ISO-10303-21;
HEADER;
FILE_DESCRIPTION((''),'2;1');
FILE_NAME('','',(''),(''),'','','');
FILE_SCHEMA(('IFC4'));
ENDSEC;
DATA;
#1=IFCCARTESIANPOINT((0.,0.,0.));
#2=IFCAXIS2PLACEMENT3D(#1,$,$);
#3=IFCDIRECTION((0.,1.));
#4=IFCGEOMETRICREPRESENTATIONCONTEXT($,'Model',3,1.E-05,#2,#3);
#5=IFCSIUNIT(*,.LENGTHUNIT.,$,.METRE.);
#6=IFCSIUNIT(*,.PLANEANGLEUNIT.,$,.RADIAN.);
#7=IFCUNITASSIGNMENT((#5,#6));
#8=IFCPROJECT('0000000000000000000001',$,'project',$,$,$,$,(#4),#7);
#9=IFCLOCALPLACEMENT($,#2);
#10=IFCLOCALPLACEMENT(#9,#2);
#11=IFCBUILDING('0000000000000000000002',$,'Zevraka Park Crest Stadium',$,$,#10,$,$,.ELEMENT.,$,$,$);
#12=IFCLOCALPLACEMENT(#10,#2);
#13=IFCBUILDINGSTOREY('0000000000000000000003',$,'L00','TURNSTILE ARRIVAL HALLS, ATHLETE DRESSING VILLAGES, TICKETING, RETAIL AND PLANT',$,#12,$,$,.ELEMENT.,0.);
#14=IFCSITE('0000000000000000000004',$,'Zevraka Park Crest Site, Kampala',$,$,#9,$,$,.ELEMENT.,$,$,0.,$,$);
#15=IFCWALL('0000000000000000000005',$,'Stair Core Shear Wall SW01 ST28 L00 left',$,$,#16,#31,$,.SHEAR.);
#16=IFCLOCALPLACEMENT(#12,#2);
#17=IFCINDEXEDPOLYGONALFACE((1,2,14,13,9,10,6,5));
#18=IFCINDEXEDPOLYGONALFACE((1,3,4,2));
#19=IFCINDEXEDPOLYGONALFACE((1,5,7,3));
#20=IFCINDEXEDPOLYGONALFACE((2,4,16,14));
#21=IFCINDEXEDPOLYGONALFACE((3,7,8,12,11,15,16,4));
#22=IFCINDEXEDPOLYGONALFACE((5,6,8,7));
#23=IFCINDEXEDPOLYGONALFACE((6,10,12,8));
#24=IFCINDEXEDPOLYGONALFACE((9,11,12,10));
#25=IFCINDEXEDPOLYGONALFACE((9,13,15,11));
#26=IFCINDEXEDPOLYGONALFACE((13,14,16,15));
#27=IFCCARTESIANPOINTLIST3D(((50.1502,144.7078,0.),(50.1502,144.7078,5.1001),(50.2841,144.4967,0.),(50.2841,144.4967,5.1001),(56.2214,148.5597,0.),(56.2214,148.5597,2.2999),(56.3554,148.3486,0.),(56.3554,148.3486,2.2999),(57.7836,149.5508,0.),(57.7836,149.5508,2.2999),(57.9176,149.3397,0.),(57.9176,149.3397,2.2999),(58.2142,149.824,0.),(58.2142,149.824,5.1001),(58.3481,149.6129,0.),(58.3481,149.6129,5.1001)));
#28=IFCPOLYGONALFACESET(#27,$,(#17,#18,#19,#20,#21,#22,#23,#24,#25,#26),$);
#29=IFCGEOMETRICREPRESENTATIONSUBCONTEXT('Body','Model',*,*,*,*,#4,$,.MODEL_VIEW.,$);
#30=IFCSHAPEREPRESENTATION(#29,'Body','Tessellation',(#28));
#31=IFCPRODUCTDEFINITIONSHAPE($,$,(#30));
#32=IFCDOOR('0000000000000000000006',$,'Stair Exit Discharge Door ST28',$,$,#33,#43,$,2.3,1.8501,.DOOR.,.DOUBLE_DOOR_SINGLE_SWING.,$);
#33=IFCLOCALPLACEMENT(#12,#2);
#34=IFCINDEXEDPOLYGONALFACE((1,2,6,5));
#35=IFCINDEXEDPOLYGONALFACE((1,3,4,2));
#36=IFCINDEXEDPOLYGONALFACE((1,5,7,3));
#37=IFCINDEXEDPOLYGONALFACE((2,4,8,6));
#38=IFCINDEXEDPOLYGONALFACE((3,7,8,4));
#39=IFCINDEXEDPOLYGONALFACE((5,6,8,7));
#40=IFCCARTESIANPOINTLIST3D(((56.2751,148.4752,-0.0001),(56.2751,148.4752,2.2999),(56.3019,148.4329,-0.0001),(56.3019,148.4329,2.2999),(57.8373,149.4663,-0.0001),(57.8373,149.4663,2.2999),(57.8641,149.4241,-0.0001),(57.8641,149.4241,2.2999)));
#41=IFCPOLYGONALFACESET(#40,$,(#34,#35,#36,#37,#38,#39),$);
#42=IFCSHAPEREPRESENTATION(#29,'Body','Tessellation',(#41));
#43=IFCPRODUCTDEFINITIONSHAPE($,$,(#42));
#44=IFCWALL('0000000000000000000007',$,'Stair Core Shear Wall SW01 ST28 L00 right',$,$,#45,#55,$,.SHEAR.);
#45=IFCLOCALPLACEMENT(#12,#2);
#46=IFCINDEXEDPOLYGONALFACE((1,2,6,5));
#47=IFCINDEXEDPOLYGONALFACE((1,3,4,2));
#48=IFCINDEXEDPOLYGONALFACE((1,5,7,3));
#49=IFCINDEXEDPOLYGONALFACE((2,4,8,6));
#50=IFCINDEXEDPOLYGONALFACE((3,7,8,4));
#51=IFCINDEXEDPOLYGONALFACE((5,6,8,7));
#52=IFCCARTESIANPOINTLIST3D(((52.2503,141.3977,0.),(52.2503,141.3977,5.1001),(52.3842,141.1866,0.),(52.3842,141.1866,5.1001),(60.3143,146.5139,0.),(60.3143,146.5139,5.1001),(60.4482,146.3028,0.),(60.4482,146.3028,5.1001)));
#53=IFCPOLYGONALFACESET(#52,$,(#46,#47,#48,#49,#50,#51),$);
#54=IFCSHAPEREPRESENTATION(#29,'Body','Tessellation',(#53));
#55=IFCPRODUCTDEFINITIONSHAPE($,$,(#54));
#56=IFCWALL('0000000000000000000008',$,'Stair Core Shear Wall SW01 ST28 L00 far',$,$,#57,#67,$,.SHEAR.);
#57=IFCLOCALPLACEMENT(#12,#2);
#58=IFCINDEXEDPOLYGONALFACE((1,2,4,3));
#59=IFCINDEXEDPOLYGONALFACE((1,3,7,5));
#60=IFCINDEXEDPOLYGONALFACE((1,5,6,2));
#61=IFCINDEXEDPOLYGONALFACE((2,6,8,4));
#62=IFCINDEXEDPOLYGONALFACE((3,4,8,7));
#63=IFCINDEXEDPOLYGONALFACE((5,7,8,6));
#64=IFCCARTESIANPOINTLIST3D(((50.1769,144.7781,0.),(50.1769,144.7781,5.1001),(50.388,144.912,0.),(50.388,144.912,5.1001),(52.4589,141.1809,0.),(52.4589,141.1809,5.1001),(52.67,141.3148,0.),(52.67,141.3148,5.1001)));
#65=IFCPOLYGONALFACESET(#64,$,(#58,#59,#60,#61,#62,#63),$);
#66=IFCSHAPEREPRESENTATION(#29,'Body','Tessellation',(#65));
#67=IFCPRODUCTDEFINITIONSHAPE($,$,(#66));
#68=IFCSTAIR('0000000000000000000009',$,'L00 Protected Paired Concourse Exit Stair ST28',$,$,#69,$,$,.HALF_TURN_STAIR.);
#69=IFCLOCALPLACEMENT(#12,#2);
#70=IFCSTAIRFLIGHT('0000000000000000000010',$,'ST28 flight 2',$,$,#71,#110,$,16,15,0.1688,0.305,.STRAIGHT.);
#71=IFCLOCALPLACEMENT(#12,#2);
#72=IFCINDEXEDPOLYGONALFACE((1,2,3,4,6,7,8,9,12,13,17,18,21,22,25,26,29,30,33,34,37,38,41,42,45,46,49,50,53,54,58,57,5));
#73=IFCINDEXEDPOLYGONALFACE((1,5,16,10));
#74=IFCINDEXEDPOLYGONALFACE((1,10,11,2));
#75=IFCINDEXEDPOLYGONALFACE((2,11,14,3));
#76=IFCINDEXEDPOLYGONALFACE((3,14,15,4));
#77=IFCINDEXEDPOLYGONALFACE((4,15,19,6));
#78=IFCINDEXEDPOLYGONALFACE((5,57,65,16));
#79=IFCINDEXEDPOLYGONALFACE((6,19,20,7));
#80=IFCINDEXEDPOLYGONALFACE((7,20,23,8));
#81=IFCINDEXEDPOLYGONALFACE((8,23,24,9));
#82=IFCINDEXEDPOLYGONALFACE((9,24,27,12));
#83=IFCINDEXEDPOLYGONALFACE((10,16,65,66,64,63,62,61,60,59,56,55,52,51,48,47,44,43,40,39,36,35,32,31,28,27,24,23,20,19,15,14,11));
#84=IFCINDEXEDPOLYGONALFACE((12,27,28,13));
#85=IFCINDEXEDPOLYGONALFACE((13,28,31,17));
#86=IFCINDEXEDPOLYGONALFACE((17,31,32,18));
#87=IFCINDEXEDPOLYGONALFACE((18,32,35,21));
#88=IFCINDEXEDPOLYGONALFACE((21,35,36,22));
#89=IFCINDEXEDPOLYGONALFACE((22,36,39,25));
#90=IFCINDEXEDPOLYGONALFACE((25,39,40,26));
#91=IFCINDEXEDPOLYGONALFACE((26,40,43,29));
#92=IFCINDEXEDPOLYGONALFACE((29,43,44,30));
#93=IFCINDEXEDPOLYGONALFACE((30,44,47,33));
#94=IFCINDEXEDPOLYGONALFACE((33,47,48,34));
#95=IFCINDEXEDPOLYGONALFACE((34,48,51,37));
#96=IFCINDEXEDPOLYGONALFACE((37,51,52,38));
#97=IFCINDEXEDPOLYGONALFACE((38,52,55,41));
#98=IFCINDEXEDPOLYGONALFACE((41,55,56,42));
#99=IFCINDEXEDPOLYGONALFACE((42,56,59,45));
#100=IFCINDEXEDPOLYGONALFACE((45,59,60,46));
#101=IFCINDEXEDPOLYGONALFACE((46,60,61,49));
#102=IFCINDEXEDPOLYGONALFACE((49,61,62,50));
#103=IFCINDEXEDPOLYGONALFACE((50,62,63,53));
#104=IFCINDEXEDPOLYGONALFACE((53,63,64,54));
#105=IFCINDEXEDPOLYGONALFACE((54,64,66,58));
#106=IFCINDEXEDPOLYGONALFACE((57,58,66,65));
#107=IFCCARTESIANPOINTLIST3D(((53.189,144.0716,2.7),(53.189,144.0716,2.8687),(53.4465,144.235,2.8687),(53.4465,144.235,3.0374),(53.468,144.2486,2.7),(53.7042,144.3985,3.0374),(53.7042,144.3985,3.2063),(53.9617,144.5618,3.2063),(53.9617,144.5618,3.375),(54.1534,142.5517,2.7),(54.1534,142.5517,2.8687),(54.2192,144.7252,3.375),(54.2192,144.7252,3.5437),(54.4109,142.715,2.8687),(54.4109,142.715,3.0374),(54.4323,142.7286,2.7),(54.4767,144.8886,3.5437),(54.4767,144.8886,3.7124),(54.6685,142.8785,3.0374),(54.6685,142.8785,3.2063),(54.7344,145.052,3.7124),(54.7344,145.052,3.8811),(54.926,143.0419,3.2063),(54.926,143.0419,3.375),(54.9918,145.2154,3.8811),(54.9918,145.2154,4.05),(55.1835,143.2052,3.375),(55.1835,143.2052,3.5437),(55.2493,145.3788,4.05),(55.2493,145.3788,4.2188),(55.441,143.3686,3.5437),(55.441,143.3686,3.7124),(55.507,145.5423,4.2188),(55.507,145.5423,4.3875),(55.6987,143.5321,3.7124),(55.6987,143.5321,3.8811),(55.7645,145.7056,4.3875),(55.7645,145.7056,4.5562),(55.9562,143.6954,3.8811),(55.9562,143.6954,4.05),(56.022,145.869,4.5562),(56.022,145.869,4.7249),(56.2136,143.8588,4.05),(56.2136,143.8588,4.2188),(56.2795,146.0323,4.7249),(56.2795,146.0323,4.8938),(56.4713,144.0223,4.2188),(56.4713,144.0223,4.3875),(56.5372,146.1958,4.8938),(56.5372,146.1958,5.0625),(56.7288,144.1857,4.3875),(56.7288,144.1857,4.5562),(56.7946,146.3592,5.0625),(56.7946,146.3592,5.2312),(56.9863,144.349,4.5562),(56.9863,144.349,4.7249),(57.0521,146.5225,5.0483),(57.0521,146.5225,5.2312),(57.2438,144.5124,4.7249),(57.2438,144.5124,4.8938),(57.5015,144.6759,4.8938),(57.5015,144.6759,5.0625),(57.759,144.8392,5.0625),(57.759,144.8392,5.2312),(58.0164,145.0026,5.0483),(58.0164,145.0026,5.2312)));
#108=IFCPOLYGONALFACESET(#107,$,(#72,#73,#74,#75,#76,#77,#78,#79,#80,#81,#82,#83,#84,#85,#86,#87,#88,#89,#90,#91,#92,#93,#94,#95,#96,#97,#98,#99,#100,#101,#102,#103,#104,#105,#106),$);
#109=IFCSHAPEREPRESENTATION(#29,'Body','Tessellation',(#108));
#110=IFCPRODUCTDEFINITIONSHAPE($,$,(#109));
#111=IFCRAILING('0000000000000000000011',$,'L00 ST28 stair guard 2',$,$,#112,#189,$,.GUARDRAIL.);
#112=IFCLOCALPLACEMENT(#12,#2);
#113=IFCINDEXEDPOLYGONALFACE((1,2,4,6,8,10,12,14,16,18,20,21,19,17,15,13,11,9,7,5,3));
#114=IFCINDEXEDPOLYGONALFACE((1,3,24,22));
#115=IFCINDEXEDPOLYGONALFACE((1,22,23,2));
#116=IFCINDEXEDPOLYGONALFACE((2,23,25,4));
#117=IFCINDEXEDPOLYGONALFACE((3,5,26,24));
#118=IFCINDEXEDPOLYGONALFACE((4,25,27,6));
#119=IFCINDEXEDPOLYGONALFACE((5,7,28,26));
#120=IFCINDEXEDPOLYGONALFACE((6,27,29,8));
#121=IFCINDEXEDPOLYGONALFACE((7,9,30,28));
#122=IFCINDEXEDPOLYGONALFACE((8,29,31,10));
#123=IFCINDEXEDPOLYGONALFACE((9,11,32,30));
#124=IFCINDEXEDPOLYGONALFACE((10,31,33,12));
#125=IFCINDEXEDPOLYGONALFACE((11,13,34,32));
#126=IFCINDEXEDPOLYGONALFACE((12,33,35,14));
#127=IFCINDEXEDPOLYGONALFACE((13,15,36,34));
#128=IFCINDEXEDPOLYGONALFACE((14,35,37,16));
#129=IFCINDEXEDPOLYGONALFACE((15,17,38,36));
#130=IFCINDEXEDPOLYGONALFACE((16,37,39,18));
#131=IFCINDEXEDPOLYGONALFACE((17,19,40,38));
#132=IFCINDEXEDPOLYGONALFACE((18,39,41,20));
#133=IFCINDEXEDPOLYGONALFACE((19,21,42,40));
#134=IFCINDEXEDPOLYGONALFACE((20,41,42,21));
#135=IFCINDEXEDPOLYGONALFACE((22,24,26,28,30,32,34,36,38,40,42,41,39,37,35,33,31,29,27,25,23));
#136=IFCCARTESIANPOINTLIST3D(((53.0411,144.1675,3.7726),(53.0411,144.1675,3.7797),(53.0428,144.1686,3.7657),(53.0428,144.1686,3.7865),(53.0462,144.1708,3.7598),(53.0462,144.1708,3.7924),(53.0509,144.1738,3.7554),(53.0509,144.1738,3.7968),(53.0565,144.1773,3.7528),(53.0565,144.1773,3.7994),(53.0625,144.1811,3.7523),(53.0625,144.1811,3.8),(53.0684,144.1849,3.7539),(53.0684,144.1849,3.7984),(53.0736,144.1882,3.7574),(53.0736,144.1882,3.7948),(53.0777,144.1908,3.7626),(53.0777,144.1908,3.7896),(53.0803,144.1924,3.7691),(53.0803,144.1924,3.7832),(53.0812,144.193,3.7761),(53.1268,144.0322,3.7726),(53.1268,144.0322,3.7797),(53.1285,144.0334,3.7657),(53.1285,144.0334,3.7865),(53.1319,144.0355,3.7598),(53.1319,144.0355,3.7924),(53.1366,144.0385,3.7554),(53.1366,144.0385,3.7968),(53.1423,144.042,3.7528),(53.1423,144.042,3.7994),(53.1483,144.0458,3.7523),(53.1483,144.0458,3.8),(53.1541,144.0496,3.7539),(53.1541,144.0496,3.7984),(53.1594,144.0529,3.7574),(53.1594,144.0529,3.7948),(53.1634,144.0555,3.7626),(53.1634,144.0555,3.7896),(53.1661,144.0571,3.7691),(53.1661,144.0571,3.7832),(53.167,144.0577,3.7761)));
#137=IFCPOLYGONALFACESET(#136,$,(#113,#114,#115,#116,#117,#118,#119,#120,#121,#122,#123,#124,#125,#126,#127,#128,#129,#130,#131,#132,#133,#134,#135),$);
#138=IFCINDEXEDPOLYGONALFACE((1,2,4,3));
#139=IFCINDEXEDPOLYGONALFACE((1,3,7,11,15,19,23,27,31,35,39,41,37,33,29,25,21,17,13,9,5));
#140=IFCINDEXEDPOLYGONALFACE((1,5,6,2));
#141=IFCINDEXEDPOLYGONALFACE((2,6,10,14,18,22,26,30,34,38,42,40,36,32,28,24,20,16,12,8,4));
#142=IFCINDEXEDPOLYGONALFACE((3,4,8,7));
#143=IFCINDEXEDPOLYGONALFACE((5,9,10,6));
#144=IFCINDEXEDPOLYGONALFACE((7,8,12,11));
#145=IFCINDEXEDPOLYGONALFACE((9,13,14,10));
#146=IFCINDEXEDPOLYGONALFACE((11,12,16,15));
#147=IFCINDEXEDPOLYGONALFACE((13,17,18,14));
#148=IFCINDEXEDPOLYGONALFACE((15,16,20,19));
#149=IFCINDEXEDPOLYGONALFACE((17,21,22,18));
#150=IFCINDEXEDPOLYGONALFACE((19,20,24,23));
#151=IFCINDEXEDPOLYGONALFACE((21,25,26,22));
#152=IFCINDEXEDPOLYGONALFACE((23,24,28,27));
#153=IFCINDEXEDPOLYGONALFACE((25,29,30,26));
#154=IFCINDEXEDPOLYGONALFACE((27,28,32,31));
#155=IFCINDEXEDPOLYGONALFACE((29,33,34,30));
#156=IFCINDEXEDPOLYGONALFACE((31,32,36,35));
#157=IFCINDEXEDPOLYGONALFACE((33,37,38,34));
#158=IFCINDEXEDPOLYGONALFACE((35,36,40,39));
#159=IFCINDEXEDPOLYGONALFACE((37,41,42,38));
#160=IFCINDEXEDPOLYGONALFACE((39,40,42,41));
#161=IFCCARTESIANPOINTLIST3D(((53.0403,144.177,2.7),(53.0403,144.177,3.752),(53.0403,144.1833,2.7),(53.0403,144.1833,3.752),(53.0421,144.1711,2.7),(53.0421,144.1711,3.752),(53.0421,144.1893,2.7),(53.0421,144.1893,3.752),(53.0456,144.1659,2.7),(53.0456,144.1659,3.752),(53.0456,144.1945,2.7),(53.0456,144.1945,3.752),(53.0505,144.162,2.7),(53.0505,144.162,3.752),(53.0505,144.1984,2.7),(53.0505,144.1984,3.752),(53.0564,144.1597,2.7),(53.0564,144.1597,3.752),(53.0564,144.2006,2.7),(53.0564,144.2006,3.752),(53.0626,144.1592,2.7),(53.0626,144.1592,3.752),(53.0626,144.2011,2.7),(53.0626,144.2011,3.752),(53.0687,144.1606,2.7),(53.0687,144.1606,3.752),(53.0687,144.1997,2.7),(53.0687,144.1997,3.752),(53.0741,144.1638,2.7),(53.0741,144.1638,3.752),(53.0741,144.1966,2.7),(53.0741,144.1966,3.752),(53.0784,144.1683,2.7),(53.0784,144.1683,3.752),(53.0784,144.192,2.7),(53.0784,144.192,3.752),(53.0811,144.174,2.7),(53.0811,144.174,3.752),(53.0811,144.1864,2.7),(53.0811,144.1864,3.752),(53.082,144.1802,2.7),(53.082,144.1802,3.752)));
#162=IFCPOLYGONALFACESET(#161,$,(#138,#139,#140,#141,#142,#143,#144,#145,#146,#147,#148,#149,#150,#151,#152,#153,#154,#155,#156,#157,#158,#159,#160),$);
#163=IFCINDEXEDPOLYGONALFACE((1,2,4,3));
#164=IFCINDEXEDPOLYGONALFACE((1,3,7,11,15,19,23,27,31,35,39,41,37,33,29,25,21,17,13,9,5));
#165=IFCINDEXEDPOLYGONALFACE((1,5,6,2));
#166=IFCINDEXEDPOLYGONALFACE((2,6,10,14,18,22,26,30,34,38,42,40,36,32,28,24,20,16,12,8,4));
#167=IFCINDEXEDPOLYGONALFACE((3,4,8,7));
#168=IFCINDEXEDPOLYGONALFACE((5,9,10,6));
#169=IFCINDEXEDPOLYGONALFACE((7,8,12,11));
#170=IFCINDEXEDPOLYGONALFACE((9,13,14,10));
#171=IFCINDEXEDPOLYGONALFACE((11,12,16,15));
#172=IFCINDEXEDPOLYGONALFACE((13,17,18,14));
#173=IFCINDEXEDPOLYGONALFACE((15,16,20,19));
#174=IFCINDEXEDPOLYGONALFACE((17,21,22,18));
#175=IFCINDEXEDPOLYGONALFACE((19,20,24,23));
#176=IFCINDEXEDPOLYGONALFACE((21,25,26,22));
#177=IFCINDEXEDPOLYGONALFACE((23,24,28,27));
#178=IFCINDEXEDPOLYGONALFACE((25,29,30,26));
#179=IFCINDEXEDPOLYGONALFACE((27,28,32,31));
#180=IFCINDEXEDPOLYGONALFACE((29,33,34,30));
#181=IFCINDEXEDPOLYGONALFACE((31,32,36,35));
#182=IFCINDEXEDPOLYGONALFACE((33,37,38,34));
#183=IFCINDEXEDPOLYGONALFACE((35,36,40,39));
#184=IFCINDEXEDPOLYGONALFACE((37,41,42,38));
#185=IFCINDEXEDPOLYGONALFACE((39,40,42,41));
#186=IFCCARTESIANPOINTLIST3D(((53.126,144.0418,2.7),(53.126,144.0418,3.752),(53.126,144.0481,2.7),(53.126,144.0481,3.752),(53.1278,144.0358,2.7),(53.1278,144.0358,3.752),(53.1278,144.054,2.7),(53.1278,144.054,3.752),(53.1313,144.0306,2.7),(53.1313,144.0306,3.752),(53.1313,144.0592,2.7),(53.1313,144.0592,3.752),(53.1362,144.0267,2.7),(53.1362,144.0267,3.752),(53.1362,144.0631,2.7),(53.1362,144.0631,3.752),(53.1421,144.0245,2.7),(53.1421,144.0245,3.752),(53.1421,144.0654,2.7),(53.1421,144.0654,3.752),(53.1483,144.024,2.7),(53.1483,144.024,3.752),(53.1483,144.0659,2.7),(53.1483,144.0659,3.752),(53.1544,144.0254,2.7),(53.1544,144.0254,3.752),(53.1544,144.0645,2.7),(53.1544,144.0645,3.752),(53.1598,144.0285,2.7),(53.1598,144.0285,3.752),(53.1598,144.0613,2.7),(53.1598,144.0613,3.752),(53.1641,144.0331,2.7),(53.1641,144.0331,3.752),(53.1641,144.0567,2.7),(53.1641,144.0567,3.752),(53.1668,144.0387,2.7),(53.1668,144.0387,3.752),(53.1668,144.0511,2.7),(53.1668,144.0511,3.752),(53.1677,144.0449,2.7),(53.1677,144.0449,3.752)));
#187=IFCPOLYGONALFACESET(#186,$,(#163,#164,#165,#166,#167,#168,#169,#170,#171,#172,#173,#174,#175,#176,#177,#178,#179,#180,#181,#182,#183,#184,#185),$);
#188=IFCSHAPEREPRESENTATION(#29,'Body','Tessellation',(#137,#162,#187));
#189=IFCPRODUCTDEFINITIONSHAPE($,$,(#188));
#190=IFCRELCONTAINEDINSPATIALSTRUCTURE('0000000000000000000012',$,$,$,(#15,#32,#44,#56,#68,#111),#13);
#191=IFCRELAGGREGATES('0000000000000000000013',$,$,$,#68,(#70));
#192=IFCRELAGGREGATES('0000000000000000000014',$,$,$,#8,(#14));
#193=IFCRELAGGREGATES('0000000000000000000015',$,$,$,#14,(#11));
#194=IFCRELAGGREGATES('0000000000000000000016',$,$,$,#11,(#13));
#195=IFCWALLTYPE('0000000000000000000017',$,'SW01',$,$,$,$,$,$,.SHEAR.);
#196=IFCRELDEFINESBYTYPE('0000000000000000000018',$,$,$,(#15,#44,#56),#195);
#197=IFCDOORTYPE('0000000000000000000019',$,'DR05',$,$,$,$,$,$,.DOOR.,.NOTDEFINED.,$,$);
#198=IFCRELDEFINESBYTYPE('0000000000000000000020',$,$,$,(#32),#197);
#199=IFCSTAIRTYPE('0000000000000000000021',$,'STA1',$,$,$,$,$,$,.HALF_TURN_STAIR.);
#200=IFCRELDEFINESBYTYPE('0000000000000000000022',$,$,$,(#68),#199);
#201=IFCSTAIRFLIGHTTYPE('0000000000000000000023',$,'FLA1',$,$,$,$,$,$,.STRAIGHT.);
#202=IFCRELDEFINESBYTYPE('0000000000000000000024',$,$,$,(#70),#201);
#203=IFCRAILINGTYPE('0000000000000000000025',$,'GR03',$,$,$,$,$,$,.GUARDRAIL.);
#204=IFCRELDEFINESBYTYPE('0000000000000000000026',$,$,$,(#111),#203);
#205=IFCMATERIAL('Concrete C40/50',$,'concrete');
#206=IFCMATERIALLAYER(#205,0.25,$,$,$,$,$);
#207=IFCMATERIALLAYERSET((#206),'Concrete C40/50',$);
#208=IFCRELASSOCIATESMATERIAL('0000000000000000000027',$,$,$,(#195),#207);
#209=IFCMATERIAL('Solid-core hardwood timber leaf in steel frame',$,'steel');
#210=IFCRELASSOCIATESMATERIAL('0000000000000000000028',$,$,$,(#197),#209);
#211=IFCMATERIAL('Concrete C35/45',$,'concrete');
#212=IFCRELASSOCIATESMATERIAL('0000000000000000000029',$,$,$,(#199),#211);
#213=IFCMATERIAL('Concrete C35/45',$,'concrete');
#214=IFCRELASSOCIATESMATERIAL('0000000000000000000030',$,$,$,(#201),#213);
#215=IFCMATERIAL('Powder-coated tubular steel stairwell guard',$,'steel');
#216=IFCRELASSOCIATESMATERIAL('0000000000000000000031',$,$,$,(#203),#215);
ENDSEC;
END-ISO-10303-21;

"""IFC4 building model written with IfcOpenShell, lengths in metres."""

from ifc_helpers import new_model, si_unit, direction, frame, frame_2d, origin, origin_2d, place, context, subcontext, project, spatial, polyline, rectangle, circle, outline, extrude, material, layer, layer_set, type_object, element, fill, aggregate, save


model = new_model("IFC4")

# Units and contexts
model_context = context("Model", 3, precision=1e-05, world=origin(), true_north=direction((0.0, 1.0)))
body_context = subcontext(model_context, "Body", "Model", "MODEL_VIEW")
ifc_project = project(units=[si_unit("LENGTHUNIT", "METRE"), si_unit("PLANEANGLEUNIT", "RADIAN")], contexts=[model_context])

# Site, building, storey
site_placement = place(None, origin())
site = spatial("IfcSite", under=ifc_project, at=site_placement, Name="Zevraka Park Crest Site, Kampala", CompositionType="ELEMENT", RefElevation=0.0)
building_placement = place(site_placement, origin())
building = spatial("IfcBuilding", under=site, at=building_placement, Name="Zevraka Park Crest Stadium", CompositionType="ELEMENT")
storey_placement = place(building_placement, origin())
storey = spatial("IfcBuildingStorey", under=building, at=storey_placement, Name="L00", Description="TURNSTILE ARRIVAL HALLS, ATHLETE DRESSING VILLAGES, TICKETING, RETAIL AND PLANT", CompositionType="ELEMENT", Elevation=0.0)

# Wall, opening, door
ifc_material_1 = material(Name="Concrete C40/50", Category="concrete")
ifc_layer_1 = layer(ifc_material_1, 0.25)
ifc_layer_set_1 = layer_set([ifc_layer_1], Name="Concrete C40/50")
wall_type_1 = type_object("IfcWallType", Name="SW01", PredefinedType="SHEAR", material=ifc_layer_set_1)
wall_1_placement = place(storey_placement, frame((50.2173, 144.6023, 0.0), z_axis=(0.0, 0.0, 1.0), x_axis=(0.844391, 0.535727, 0.0)))
wall_1 = element("IfcWall", 1, at=wall_1_placement, inside=storey, type_object=wall_type_1, Name="Stair Core Shear Wall SW01 ST28 L00 left", PredefinedType="SHEAR", context=body_context, shape_type="SweptSolid", body=[
    extrude(rectangle(XDim=9.55, YDim=0.25, at=frame_2d((4.7749, 0.0))), origin(), (0.0, 0.0, 1.0), 5.1001),
])
opening_1_placement = place(wall_1_placement, frame((7.1899, 0.0, 0.0)))
opening_1 = element("IfcOpeningElement", 2, at=opening_1_placement, cuts=wall_1, PredefinedType="OPENING", context=body_context, shape_type="SweptSolid", body=[
    extrude(rectangle(XDim=1.8501, YDim=2.3, at=frame_2d((0.925, 1.1499))), frame((0.0, 0.135, 0.0), z_axis=(0.0, -1.0, 0.0), x_axis=(1.0, 0.0, 0.0)), (0.0, 0.0, 1.0), 0.27),
])
ifc_material_2 = material(Name="Solid-core hardwood timber leaf in steel frame", Category="steel")
door_type_1 = type_object("IfcDoorType", Name="DR05", OperationType="NOTDEFINED", PredefinedType="DOOR", material=ifc_material_2)
door_1_placement = place(opening_1_placement, origin())
door_1 = element("IfcDoor", 3, at=door_1_placement, inside=storey, type_object=door_type_1, Name="Stair Exit Discharge Door ST28", OperationType="DOUBLE_DOOR_SINGLE_SWING", OverallHeight=2.3, OverallWidth=1.8501, PredefinedType="DOOR", context=body_context, shape_type="SweptSolid", body=[
    extrude(rectangle(XDim=1.8501, YDim=2.3, at=frame_2d((0.925, 1.1499))), frame((0.0, 0.0249, 0.0), z_axis=(0.0, -1.0, 0.0), x_axis=(1.0, 0.0, 0.0)), (0.0, 0.0, 1.0), 0.05),
])
fill(opening_1, door_1)

# Walls
wall_2_placement = place(storey_placement, frame((52.3174, 141.2922, 0.0), z_axis=(0.0, 0.0, 1.0), x_axis=(0.844391, 0.535727, 0.0)))
element("IfcWall", 4, at=wall_2_placement, inside=storey, type_object=wall_type_1, Name="Stair Core Shear Wall SW01 ST28 L00 right", PredefinedType="SHEAR", context=body_context, shape_type="SweptSolid", body=[
    extrude(rectangle(XDim=9.55, YDim=0.25, at=frame_2d((4.7749, 0.0))), origin(), (0.0, 0.0, 1.0), 5.1001),
])
wall_3_placement = place(storey_placement, frame((50.2825, 144.845, 0.0), z_axis=(0.0, 0.0, 1.0), x_axis=(0.535685, -0.844418, 0.0)))
element("IfcWall", 5, at=wall_3_placement, inside=storey, type_object=wall_type_1, Name="Stair Core Shear Wall SW01 ST28 L00 far", PredefinedType="SHEAR", context=body_context, shape_type="SweptSolid", body=[
    extrude(rectangle(XDim=4.26, YDim=0.25, at=frame_2d((2.1299, 0.0))), origin(), (0.0, 0.0, 1.0), 5.1001),
])

# Stair, stair flight
ifc_material_3 = material(Name="Concrete C35/45", Category="concrete")
stair_type = type_object("IfcStairType", Name="STA1", PredefinedType="HALF_TURN_STAIR", material=ifc_material_3)
stair_placement = place(storey_placement, origin())
stair = element("IfcStair", 6, at=stair_placement, inside=storey, type_object=stair_type, Name="L00 Protected Paired Concourse Exit Stair ST28", PredefinedType="HALF_TURN_STAIR")
ifc_material_4 = material(Name="Concrete C35/45", Category="concrete")
stair_flight_type = type_object("IfcStairFlightType", Name="FLA1", PredefinedType="STRAIGHT", material=ifc_material_4)
stair_flight_placement = place(storey_placement, frame((53.6711, 143.3118, 2.7), z_axis=(0.0, 0.0, 1.0), x_axis=(0.844397, 0.535718, 0.0)))
stair_flight = element("IfcStairFlight", 7, at=stair_flight_placement, type_object=stair_flight_type, Name="ST28 flight 2", NumberOfRisers=16, NumberOfTreads=15, PredefinedType="STRAIGHT", RiserHeight=0.1688, TreadLength=0.305, context=body_context, shape_type="SweptSolid", body=[
    extrude(outline(polyline([(0.0, 0.0), (0.0, 0.1687), (0.3049, 0.1687), (0.3049, 0.3374), (0.6101, 0.3374), (0.6101, 0.5063), (0.915, 0.5063), (0.915, 0.675), (1.22, 0.675), (1.22, 0.8438), (1.5249, 0.8438), (1.5249, 1.0125), (1.8301, 1.0125), (1.8301, 1.1812), (2.135, 1.1812), (2.135, 1.3501), (2.4399, 1.3501), (2.4399, 1.5188), (2.7451, 1.5188), (2.7451, 1.6875), (3.05, 1.6875), (3.05, 1.8562), (3.355, 1.8562), (3.355, 2.0249), (3.6599, 2.0249), (3.6599, 2.1938), (3.9651, 2.1938), (3.9651, 2.3625), (4.27, 2.3625), (4.27, 2.5312), (4.575, 2.5312), (4.575, 2.7), (4.575, 2.3484), (0.3303, 0.0), (0.0, 0.0)])), frame((0.0, 0.8999, 0.0), z_axis=(0.0, -1.0, 0.0), x_axis=(1.0, 0.0, 0.0)), (0.0, 0.0, 1.0), 1.8),
])
aggregate(stair, [stair_flight])

# Railing
ifc_material_5 = material(Name="Powder-coated tubular steel stairwell guard", Category="steel")
railing_type_1 = type_object("IfcRailingType", Name="GR03", PredefinedType="GUARDRAIL", material=ifc_material_5)
railing_1_placement = place(storey_placement, frame((53.061, 144.1802, 2.7)))
element("IfcRailing", 8, at=railing_1_placement, inside=storey, type_object=railing_type_1, Name="L00 ST28 stair guard 2", PredefinedType="GUARDRAIL", context=body_context, shape_type="SweptSolid", body=[
    extrude(circle(Radius=0.0239, at=origin_2d()), frame((0.0, 0.0, 1.0762), z_axis=(0.535197, -0.844727, 0.0), x_axis=(0.844727, 0.535197, 0.0)), (0.0, 0.0, 1.0), 0.1602),
    extrude(circle(Radius=0.021, at=origin_2d()), origin(), (0.0, 0.0, 1.0), 1.052),
    extrude(circle(Radius=0.021, at=origin_2d()), frame((0.0857, -0.1353, 0.0)), (0.0, 0.0, 1.0), 1.052),
])

save(model, "model.ifc")
